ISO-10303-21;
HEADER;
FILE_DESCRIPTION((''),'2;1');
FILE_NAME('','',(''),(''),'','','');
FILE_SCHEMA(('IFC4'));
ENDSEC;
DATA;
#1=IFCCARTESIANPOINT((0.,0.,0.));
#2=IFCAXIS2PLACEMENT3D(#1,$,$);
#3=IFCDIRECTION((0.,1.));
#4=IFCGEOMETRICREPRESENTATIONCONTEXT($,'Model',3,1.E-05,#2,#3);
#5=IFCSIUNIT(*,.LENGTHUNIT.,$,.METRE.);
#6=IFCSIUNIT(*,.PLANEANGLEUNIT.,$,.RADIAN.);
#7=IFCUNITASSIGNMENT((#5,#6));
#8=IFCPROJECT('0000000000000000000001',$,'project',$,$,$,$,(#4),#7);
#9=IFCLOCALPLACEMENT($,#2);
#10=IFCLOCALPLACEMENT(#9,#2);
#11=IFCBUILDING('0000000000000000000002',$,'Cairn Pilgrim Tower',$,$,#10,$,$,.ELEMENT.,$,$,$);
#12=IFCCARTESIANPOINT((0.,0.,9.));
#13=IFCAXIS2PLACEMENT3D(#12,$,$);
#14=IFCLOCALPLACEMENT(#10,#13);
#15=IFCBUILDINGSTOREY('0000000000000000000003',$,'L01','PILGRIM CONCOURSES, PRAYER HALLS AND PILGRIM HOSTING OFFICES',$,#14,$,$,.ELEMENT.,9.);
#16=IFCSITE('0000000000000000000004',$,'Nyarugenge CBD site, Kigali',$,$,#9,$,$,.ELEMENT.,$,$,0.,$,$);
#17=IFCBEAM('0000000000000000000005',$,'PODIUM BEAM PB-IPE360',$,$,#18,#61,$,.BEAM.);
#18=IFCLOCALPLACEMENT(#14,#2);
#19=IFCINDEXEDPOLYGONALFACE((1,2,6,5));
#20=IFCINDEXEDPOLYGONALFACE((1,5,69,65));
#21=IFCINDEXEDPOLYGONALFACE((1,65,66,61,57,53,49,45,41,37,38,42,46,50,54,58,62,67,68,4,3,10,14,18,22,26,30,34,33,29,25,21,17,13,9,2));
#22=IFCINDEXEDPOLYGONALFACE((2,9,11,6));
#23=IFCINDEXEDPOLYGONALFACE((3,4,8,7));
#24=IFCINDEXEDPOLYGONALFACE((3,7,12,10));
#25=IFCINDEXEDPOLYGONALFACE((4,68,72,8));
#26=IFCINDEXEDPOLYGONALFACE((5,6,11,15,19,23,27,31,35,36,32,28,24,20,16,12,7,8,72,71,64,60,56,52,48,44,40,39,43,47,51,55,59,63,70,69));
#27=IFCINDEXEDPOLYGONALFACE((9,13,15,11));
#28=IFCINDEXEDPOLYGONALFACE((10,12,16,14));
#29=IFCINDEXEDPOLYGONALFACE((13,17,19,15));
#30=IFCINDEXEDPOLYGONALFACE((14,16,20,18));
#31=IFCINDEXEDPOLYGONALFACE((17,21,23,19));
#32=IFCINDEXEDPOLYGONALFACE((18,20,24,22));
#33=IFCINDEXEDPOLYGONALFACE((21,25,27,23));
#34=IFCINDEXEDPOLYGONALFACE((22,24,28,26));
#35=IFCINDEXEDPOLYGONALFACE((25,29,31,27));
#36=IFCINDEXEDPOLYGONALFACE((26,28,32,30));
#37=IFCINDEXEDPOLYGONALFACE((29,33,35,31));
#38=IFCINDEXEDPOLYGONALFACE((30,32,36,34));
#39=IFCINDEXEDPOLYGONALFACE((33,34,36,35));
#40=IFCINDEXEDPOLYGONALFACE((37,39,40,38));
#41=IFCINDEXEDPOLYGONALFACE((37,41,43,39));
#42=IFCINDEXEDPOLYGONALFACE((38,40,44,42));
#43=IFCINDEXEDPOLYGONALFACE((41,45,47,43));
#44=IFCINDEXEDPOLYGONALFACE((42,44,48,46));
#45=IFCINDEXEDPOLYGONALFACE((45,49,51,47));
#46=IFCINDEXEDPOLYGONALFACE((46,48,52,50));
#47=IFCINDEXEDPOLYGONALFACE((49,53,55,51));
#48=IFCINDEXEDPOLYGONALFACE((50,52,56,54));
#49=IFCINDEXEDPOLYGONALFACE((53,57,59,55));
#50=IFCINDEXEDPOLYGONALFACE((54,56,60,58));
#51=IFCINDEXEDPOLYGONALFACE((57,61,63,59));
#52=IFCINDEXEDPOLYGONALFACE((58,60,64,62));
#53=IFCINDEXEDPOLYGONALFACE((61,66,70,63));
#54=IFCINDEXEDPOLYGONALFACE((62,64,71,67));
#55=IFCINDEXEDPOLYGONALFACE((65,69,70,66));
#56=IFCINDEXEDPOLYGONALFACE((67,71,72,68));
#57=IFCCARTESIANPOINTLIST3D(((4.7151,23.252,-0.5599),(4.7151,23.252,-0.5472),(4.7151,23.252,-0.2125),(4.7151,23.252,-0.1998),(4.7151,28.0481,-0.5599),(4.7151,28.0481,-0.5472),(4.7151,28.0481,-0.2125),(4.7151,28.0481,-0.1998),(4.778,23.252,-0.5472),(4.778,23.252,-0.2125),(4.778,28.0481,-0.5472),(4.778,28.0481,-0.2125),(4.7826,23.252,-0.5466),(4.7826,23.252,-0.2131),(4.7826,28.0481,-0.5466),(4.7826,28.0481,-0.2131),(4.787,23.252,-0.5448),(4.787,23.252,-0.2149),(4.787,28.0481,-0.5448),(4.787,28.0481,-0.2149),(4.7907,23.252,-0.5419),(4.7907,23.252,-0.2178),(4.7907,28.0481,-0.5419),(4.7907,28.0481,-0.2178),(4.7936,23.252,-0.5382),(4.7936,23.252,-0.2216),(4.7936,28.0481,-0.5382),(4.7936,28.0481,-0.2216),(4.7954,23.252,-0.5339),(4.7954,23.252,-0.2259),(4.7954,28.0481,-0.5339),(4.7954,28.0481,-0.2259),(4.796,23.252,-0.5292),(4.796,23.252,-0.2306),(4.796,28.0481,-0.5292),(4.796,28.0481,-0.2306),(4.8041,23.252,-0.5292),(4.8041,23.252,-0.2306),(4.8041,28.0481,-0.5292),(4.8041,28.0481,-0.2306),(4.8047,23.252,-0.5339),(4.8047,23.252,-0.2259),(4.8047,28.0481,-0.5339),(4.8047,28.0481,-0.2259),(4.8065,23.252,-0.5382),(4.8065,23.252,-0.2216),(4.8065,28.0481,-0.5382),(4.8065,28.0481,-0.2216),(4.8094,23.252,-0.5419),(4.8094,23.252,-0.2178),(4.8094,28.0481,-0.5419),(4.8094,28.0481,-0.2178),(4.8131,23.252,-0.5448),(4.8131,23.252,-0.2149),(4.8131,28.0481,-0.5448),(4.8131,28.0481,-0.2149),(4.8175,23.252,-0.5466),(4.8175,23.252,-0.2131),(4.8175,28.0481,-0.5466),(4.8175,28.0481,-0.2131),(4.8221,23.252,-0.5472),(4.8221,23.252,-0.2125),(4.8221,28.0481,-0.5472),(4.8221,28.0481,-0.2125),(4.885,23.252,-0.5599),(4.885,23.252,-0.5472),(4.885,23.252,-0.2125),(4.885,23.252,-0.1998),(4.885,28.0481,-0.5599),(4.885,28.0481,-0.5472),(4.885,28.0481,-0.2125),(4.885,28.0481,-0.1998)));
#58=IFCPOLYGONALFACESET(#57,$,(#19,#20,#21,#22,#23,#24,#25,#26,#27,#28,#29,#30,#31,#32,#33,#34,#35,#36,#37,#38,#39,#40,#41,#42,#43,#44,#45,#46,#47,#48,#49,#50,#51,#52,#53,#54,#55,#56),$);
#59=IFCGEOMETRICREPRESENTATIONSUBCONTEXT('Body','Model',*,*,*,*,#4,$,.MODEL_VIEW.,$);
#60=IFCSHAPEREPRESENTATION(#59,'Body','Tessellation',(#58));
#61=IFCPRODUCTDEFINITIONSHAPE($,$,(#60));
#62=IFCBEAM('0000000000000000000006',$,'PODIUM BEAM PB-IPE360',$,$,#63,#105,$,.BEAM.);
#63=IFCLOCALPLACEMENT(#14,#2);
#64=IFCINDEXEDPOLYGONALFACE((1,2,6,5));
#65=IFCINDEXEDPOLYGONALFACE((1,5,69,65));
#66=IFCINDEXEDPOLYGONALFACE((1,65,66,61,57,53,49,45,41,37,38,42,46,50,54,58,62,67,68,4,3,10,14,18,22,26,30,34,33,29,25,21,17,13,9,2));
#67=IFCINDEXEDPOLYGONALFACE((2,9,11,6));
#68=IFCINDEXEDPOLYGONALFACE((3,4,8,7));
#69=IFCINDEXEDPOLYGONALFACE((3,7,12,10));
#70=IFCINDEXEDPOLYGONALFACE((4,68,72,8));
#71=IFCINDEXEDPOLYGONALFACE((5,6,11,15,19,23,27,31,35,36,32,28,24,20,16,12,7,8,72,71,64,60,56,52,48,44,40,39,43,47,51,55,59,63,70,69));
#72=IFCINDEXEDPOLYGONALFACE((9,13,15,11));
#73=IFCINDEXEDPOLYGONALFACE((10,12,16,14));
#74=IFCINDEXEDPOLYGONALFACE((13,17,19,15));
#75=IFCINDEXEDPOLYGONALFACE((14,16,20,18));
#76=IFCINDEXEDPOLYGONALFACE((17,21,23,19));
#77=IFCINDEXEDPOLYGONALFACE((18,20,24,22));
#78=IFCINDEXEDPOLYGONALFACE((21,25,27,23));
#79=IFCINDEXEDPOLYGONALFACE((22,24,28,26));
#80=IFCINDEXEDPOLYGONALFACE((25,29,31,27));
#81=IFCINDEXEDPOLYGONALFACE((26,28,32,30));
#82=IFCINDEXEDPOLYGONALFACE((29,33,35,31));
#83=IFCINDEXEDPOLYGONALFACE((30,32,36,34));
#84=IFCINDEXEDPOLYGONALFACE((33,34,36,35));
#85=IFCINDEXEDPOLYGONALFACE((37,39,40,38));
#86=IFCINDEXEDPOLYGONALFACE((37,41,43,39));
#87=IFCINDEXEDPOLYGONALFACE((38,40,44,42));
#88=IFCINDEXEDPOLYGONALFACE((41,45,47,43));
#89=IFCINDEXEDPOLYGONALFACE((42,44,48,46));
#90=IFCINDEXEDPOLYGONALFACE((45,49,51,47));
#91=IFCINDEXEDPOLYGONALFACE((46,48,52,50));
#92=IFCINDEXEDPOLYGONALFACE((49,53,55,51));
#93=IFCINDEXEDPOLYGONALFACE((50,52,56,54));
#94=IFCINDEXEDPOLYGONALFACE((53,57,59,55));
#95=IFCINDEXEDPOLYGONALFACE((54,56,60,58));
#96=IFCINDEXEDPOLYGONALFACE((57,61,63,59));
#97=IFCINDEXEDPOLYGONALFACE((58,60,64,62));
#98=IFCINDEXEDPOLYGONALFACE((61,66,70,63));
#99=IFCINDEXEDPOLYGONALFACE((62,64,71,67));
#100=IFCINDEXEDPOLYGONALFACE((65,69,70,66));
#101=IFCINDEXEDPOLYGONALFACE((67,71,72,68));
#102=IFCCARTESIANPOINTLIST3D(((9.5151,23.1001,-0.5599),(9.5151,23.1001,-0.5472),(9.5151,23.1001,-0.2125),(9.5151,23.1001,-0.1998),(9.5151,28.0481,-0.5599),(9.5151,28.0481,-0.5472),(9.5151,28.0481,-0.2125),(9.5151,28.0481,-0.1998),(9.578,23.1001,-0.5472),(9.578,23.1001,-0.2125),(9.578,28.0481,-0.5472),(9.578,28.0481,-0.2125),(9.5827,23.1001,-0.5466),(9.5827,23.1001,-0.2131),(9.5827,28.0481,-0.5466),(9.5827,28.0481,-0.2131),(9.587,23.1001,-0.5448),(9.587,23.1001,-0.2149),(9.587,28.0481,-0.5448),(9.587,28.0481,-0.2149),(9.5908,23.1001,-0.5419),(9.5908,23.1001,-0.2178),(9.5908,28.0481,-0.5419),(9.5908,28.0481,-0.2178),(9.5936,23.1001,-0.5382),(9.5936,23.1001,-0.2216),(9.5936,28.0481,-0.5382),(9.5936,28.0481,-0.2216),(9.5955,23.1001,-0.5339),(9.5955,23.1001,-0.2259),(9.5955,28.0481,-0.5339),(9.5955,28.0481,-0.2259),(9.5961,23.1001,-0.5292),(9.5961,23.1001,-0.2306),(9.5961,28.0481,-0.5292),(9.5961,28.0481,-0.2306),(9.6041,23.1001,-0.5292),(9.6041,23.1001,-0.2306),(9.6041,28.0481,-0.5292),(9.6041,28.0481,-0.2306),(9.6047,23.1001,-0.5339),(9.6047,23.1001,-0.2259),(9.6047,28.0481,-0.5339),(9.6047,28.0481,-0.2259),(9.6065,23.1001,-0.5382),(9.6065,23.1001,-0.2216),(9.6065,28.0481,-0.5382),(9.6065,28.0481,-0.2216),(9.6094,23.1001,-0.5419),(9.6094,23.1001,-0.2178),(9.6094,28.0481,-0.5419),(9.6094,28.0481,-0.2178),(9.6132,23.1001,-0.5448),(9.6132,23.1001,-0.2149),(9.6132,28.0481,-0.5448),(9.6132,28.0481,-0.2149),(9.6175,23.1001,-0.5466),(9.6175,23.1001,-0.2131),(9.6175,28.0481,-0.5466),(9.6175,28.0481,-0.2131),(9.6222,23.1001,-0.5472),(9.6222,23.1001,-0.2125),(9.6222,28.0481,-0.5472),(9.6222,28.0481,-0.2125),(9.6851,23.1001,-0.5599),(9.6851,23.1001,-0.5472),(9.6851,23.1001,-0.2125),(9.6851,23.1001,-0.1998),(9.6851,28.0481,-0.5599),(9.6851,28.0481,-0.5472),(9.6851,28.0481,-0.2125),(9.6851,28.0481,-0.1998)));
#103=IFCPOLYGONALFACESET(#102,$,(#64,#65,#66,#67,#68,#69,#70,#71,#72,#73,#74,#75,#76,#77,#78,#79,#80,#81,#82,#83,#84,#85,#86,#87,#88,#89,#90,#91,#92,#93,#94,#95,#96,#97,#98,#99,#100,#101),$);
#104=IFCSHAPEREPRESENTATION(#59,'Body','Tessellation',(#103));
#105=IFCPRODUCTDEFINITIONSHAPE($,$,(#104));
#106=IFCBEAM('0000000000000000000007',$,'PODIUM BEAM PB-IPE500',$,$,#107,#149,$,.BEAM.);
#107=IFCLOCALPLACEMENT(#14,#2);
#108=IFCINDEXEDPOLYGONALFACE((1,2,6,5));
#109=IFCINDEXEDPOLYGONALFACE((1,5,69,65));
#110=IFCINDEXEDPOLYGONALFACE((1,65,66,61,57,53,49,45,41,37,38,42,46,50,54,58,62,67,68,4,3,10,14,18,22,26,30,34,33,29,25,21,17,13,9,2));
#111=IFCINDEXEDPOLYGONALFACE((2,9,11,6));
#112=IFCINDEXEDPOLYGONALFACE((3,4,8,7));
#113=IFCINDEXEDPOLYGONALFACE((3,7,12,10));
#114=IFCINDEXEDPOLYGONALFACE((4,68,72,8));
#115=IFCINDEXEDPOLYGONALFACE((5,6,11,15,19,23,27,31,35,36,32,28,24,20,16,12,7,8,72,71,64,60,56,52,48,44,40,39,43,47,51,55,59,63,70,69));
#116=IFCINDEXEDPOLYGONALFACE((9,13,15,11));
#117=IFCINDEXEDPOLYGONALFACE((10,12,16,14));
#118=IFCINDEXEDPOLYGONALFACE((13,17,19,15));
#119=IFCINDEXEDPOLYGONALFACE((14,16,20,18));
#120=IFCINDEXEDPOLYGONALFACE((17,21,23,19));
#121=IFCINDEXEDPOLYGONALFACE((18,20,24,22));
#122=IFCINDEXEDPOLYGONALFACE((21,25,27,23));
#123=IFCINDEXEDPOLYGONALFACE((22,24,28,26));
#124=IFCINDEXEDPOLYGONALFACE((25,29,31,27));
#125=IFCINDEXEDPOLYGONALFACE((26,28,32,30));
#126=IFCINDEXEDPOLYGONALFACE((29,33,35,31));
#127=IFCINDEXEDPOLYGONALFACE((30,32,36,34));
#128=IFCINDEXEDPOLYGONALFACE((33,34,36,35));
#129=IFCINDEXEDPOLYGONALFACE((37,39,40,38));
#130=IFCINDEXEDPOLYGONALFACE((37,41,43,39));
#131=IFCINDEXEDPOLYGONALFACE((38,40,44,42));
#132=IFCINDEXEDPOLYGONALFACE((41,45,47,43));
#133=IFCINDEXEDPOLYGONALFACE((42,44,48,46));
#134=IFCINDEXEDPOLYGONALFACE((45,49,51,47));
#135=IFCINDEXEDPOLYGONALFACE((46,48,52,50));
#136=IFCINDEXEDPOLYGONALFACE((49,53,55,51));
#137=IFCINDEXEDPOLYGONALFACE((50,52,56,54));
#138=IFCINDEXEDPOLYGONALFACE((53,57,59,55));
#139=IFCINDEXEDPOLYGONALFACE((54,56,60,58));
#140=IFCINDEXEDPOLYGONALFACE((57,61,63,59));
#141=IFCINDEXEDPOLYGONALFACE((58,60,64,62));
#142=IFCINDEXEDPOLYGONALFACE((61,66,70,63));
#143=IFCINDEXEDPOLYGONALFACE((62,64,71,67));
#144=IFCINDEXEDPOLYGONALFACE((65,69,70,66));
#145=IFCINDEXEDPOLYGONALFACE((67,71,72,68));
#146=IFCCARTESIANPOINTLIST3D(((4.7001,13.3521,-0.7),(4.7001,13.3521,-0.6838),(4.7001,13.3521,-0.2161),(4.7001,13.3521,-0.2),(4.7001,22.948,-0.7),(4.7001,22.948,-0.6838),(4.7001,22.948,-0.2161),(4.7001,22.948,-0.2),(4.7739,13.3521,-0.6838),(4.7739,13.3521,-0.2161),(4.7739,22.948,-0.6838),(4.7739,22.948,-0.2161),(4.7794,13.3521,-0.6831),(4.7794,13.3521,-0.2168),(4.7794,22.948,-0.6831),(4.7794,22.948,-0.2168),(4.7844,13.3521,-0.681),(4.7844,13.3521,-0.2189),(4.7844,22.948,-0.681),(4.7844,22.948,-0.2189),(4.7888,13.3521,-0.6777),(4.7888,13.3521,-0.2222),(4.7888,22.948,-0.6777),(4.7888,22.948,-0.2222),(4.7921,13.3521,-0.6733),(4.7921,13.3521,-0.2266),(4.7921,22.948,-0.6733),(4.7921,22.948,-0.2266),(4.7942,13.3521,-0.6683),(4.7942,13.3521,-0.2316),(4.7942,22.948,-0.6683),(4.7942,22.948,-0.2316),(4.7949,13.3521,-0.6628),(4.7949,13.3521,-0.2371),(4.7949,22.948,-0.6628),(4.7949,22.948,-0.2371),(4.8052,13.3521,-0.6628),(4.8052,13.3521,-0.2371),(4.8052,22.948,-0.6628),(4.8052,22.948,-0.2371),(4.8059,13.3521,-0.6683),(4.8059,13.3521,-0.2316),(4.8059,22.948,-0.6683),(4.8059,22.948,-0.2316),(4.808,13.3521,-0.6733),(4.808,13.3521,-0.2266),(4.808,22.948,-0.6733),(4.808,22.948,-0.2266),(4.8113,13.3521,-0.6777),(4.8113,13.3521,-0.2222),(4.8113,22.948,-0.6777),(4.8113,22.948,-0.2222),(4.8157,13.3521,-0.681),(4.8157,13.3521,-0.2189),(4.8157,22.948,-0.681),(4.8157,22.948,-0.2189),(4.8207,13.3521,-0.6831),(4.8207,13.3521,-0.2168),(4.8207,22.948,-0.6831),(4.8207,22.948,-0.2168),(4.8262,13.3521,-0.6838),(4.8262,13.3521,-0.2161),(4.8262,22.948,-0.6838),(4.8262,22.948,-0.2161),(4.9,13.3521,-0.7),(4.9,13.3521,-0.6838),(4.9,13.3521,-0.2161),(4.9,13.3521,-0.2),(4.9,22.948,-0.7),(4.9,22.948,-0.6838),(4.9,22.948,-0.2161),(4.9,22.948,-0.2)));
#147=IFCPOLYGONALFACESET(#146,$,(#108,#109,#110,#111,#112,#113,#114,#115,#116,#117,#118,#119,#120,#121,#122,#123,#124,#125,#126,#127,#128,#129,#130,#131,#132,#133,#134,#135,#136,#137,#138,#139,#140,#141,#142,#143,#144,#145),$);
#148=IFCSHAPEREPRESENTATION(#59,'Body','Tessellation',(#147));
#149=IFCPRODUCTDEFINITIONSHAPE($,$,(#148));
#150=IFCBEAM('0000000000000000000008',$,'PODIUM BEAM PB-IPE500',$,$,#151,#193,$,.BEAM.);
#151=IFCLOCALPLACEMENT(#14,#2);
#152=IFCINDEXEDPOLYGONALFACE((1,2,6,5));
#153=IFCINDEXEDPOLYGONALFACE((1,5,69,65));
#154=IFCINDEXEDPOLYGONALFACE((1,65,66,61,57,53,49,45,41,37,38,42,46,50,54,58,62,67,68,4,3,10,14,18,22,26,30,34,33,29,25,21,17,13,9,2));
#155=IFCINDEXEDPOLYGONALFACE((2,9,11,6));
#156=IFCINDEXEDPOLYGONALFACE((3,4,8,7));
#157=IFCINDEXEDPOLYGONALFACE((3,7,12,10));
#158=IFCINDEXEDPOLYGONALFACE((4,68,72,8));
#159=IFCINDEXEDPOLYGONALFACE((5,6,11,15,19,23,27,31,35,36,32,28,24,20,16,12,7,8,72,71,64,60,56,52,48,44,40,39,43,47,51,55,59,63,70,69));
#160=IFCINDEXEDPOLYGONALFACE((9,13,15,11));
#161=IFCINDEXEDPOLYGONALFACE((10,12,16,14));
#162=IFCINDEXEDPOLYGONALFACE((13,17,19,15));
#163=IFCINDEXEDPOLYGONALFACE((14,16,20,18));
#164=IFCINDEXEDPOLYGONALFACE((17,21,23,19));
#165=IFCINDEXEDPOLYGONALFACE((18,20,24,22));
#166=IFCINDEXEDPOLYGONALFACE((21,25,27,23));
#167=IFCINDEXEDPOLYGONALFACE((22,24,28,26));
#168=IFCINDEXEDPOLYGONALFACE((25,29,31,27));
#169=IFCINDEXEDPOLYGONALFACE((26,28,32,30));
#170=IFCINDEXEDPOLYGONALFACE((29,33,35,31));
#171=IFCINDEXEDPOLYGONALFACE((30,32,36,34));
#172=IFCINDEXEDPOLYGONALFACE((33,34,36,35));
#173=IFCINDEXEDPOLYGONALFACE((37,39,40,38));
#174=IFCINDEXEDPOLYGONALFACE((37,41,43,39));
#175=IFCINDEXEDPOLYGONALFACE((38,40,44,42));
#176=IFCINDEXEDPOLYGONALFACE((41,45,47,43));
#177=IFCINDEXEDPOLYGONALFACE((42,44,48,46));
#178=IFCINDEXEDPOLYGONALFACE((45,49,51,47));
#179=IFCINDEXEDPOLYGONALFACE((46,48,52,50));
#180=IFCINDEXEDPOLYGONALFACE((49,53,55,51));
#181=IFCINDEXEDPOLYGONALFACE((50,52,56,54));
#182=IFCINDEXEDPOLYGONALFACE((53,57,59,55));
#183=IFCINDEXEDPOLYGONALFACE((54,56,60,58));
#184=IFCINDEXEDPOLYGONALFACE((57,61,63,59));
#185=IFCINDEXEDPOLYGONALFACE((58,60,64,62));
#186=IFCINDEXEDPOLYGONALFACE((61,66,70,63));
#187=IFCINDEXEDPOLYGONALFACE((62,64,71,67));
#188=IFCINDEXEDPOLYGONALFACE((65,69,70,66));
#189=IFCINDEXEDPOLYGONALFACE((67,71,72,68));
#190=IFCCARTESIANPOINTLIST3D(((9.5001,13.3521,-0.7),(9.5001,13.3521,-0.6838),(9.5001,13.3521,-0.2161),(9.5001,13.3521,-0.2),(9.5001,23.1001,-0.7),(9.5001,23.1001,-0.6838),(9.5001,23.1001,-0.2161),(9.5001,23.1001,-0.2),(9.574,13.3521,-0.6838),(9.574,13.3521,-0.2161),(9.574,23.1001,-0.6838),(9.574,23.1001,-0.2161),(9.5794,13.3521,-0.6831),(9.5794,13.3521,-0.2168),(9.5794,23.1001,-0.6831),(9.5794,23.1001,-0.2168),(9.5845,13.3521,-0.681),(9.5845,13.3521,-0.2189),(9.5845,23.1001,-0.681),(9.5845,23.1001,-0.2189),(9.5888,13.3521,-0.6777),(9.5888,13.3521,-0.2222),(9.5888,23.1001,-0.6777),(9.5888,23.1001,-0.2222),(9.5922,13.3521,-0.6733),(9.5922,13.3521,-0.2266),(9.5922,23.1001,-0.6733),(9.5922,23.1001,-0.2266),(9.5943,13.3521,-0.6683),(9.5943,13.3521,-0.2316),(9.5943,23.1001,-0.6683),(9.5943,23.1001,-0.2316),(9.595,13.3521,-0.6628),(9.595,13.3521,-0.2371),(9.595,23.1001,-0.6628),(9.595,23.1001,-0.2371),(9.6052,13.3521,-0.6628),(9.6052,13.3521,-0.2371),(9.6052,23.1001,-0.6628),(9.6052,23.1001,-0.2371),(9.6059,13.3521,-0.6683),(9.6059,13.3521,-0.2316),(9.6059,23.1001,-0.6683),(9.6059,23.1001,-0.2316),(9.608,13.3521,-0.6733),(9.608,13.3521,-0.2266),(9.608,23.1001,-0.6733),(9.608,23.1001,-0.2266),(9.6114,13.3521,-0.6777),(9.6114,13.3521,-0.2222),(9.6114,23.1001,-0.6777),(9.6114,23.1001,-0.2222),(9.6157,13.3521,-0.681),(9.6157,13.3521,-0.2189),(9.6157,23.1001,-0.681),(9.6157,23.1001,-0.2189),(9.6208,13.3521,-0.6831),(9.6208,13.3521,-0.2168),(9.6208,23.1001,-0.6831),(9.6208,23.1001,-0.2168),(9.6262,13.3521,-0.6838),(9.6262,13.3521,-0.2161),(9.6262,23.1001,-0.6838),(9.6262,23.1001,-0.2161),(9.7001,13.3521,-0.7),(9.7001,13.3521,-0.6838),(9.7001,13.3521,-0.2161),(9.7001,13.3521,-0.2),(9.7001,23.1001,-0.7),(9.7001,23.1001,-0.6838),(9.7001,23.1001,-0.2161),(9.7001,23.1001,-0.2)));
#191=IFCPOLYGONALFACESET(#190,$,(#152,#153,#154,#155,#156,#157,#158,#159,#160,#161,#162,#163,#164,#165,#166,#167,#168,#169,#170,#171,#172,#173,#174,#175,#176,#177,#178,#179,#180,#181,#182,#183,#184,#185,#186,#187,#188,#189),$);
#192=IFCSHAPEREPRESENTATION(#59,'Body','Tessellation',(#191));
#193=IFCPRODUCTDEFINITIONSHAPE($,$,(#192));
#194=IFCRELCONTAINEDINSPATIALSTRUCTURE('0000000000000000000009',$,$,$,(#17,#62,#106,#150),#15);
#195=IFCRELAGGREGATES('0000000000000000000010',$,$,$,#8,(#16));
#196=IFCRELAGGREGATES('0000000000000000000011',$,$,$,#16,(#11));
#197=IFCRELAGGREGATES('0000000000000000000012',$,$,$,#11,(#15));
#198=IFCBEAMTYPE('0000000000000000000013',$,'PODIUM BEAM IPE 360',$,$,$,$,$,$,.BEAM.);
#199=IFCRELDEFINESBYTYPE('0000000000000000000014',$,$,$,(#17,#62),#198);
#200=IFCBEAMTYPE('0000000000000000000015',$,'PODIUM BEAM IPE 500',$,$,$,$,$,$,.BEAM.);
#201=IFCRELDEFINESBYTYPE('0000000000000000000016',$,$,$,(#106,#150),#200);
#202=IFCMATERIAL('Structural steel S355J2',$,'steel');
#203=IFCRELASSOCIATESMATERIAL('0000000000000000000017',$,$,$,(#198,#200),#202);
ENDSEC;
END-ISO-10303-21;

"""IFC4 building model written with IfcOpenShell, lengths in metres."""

from ifc_helpers import new_model, si_unit, direction, frame, origin, origin_2d, place, context, subcontext, project, spatial, i_section, extrude, material, material_profile, profile_set, type_object, element, save


model = new_model("IFC4")

# Units and contexts
model_context = context("Model", 3, precision=1e-05, world=origin(), true_north=direction((0.0, 1.0)))
body_context = subcontext(model_context, "Body", "Model", "MODEL_VIEW")
ifc_project = project(units=[si_unit("LENGTHUNIT", "METRE"), si_unit("PLANEANGLEUNIT", "RADIAN")], contexts=[model_context])

# Site, building, storey
site_placement = place(None, origin())
site = spatial("IfcSite", under=ifc_project, at=site_placement, Name="Nyarugenge CBD site, Kigali", CompositionType="ELEMENT", RefElevation=0.0)
building_placement = place(site_placement, origin())
building = spatial("IfcBuilding", under=site, at=building_placement, Name="Cairn Pilgrim Tower", CompositionType="ELEMENT")
storey_placement = place(building_placement, frame((0.0, 0.0, 9.0)))
storey = spatial("IfcBuildingStorey", under=building, at=storey_placement, Name="L01", Description="PILGRIM CONCOURSES, PRAYER HALLS AND PILGRIM HOSTING OFFICES", CompositionType="ELEMENT", Elevation=9.0)

# Beams
ifc_material_1 = material(Name="Structural steel S355J2", Category="steel")
ifc_material_profile_1 = material_profile(ifc_material_1, i_section(OverallWidth=0.1699, OverallDepth=0.3601, WebThickness=0.0081, FlangeThickness=0.0127, FilletRadius=0.0181, at=origin_2d()), Name="IPE 360")
ifc_profile_set_1 = profile_set([ifc_material_profile_1], Name="Structural steel S355J2")
beam_type_1 = type_object("IfcBeamType", Name="PODIUM BEAM IPE 360", PredefinedType="BEAM", material=ifc_profile_set_1)
beam_1_placement = place(storey_placement, frame((4.8, 23.252, -0.3799), z_axis=(0.0, 1.0, 0.0), x_axis=(-1.0, 0.0, 0.0)))
element("IfcBeam", 1, at=beam_1_placement, inside=storey, type_object=beam_type_1, Name="PODIUM BEAM PB-IPE360", PredefinedType="BEAM", context=body_context, shape_type="SweptSolid", body=[
    extrude(i_section(OverallWidth=0.1699, OverallDepth=0.3601, WebThickness=0.0081, FlangeThickness=0.0127, FilletRadius=0.0181, at=origin_2d()), origin(), (0.0, 0.0, 1.0), 4.7961),
])
beam_2_placement = place(storey_placement, frame((9.6001, 23.1001, -0.3799), z_axis=(0.0, 1.0, 0.0), x_axis=(-1.0, 0.0, 0.0)))
element("IfcBeam", 2, at=beam_2_placement, inside=storey, type_object=beam_type_1, Name="PODIUM BEAM PB-IPE360", PredefinedType="BEAM", context=body_context, shape_type="SweptSolid", body=[
    extrude(i_section(OverallWidth=0.1699, OverallDepth=0.3601, WebThickness=0.0081, FlangeThickness=0.0127, FilletRadius=0.0181, at=origin_2d()), origin(), (0.0, 0.0, 1.0), 4.948),
])
ifc_material_profile_2 = material_profile(ifc_material_1, i_section(OverallWidth=0.2, OverallDepth=0.5, WebThickness=0.0103, FlangeThickness=0.0161, FilletRadius=0.021, at=origin_2d()), Name="IPE 500")
ifc_profile_set_2 = profile_set([ifc_material_profile_2], Name="Structural steel S355J2")
beam_type_2 = type_object("IfcBeamType", Name="PODIUM BEAM IPE 500", PredefinedType="BEAM", material=ifc_profile_set_2)
beam_3_placement = place(storey_placement, frame((4.8, 13.3521, -0.45), z_axis=(0.0, 1.0, 0.0), x_axis=(-1.0, 0.0, 0.0)))
element("IfcBeam", 3, at=beam_3_placement, inside=storey, type_object=beam_type_2, Name="PODIUM BEAM PB-IPE500", PredefinedType="BEAM", context=body_context, shape_type="SweptSolid", body=[
    extrude(i_section(OverallWidth=0.2, OverallDepth=0.5, WebThickness=0.0103, FlangeThickness=0.0161, FilletRadius=0.021, at=origin_2d()), origin(), (0.0, 0.0, 1.0), 9.5959),
])
beam_4_placement = place(storey_placement, frame((9.6001, 13.3521, -0.45), z_axis=(0.0, 1.0, 0.0), x_axis=(-1.0, 0.0, 0.0)))
element("IfcBeam", 4, at=beam_4_placement, inside=storey, type_object=beam_type_2, Name="PODIUM BEAM PB-IPE500", PredefinedType="BEAM", context=body_context, shape_type="SweptSolid", body=[
    extrude(i_section(OverallWidth=0.2, OverallDepth=0.5, WebThickness=0.0103, FlangeThickness=0.0161, FilletRadius=0.021, at=origin_2d()), origin(), (0.0, 0.0, 1.0), 9.748),
])

save(model, "model.ifc")
